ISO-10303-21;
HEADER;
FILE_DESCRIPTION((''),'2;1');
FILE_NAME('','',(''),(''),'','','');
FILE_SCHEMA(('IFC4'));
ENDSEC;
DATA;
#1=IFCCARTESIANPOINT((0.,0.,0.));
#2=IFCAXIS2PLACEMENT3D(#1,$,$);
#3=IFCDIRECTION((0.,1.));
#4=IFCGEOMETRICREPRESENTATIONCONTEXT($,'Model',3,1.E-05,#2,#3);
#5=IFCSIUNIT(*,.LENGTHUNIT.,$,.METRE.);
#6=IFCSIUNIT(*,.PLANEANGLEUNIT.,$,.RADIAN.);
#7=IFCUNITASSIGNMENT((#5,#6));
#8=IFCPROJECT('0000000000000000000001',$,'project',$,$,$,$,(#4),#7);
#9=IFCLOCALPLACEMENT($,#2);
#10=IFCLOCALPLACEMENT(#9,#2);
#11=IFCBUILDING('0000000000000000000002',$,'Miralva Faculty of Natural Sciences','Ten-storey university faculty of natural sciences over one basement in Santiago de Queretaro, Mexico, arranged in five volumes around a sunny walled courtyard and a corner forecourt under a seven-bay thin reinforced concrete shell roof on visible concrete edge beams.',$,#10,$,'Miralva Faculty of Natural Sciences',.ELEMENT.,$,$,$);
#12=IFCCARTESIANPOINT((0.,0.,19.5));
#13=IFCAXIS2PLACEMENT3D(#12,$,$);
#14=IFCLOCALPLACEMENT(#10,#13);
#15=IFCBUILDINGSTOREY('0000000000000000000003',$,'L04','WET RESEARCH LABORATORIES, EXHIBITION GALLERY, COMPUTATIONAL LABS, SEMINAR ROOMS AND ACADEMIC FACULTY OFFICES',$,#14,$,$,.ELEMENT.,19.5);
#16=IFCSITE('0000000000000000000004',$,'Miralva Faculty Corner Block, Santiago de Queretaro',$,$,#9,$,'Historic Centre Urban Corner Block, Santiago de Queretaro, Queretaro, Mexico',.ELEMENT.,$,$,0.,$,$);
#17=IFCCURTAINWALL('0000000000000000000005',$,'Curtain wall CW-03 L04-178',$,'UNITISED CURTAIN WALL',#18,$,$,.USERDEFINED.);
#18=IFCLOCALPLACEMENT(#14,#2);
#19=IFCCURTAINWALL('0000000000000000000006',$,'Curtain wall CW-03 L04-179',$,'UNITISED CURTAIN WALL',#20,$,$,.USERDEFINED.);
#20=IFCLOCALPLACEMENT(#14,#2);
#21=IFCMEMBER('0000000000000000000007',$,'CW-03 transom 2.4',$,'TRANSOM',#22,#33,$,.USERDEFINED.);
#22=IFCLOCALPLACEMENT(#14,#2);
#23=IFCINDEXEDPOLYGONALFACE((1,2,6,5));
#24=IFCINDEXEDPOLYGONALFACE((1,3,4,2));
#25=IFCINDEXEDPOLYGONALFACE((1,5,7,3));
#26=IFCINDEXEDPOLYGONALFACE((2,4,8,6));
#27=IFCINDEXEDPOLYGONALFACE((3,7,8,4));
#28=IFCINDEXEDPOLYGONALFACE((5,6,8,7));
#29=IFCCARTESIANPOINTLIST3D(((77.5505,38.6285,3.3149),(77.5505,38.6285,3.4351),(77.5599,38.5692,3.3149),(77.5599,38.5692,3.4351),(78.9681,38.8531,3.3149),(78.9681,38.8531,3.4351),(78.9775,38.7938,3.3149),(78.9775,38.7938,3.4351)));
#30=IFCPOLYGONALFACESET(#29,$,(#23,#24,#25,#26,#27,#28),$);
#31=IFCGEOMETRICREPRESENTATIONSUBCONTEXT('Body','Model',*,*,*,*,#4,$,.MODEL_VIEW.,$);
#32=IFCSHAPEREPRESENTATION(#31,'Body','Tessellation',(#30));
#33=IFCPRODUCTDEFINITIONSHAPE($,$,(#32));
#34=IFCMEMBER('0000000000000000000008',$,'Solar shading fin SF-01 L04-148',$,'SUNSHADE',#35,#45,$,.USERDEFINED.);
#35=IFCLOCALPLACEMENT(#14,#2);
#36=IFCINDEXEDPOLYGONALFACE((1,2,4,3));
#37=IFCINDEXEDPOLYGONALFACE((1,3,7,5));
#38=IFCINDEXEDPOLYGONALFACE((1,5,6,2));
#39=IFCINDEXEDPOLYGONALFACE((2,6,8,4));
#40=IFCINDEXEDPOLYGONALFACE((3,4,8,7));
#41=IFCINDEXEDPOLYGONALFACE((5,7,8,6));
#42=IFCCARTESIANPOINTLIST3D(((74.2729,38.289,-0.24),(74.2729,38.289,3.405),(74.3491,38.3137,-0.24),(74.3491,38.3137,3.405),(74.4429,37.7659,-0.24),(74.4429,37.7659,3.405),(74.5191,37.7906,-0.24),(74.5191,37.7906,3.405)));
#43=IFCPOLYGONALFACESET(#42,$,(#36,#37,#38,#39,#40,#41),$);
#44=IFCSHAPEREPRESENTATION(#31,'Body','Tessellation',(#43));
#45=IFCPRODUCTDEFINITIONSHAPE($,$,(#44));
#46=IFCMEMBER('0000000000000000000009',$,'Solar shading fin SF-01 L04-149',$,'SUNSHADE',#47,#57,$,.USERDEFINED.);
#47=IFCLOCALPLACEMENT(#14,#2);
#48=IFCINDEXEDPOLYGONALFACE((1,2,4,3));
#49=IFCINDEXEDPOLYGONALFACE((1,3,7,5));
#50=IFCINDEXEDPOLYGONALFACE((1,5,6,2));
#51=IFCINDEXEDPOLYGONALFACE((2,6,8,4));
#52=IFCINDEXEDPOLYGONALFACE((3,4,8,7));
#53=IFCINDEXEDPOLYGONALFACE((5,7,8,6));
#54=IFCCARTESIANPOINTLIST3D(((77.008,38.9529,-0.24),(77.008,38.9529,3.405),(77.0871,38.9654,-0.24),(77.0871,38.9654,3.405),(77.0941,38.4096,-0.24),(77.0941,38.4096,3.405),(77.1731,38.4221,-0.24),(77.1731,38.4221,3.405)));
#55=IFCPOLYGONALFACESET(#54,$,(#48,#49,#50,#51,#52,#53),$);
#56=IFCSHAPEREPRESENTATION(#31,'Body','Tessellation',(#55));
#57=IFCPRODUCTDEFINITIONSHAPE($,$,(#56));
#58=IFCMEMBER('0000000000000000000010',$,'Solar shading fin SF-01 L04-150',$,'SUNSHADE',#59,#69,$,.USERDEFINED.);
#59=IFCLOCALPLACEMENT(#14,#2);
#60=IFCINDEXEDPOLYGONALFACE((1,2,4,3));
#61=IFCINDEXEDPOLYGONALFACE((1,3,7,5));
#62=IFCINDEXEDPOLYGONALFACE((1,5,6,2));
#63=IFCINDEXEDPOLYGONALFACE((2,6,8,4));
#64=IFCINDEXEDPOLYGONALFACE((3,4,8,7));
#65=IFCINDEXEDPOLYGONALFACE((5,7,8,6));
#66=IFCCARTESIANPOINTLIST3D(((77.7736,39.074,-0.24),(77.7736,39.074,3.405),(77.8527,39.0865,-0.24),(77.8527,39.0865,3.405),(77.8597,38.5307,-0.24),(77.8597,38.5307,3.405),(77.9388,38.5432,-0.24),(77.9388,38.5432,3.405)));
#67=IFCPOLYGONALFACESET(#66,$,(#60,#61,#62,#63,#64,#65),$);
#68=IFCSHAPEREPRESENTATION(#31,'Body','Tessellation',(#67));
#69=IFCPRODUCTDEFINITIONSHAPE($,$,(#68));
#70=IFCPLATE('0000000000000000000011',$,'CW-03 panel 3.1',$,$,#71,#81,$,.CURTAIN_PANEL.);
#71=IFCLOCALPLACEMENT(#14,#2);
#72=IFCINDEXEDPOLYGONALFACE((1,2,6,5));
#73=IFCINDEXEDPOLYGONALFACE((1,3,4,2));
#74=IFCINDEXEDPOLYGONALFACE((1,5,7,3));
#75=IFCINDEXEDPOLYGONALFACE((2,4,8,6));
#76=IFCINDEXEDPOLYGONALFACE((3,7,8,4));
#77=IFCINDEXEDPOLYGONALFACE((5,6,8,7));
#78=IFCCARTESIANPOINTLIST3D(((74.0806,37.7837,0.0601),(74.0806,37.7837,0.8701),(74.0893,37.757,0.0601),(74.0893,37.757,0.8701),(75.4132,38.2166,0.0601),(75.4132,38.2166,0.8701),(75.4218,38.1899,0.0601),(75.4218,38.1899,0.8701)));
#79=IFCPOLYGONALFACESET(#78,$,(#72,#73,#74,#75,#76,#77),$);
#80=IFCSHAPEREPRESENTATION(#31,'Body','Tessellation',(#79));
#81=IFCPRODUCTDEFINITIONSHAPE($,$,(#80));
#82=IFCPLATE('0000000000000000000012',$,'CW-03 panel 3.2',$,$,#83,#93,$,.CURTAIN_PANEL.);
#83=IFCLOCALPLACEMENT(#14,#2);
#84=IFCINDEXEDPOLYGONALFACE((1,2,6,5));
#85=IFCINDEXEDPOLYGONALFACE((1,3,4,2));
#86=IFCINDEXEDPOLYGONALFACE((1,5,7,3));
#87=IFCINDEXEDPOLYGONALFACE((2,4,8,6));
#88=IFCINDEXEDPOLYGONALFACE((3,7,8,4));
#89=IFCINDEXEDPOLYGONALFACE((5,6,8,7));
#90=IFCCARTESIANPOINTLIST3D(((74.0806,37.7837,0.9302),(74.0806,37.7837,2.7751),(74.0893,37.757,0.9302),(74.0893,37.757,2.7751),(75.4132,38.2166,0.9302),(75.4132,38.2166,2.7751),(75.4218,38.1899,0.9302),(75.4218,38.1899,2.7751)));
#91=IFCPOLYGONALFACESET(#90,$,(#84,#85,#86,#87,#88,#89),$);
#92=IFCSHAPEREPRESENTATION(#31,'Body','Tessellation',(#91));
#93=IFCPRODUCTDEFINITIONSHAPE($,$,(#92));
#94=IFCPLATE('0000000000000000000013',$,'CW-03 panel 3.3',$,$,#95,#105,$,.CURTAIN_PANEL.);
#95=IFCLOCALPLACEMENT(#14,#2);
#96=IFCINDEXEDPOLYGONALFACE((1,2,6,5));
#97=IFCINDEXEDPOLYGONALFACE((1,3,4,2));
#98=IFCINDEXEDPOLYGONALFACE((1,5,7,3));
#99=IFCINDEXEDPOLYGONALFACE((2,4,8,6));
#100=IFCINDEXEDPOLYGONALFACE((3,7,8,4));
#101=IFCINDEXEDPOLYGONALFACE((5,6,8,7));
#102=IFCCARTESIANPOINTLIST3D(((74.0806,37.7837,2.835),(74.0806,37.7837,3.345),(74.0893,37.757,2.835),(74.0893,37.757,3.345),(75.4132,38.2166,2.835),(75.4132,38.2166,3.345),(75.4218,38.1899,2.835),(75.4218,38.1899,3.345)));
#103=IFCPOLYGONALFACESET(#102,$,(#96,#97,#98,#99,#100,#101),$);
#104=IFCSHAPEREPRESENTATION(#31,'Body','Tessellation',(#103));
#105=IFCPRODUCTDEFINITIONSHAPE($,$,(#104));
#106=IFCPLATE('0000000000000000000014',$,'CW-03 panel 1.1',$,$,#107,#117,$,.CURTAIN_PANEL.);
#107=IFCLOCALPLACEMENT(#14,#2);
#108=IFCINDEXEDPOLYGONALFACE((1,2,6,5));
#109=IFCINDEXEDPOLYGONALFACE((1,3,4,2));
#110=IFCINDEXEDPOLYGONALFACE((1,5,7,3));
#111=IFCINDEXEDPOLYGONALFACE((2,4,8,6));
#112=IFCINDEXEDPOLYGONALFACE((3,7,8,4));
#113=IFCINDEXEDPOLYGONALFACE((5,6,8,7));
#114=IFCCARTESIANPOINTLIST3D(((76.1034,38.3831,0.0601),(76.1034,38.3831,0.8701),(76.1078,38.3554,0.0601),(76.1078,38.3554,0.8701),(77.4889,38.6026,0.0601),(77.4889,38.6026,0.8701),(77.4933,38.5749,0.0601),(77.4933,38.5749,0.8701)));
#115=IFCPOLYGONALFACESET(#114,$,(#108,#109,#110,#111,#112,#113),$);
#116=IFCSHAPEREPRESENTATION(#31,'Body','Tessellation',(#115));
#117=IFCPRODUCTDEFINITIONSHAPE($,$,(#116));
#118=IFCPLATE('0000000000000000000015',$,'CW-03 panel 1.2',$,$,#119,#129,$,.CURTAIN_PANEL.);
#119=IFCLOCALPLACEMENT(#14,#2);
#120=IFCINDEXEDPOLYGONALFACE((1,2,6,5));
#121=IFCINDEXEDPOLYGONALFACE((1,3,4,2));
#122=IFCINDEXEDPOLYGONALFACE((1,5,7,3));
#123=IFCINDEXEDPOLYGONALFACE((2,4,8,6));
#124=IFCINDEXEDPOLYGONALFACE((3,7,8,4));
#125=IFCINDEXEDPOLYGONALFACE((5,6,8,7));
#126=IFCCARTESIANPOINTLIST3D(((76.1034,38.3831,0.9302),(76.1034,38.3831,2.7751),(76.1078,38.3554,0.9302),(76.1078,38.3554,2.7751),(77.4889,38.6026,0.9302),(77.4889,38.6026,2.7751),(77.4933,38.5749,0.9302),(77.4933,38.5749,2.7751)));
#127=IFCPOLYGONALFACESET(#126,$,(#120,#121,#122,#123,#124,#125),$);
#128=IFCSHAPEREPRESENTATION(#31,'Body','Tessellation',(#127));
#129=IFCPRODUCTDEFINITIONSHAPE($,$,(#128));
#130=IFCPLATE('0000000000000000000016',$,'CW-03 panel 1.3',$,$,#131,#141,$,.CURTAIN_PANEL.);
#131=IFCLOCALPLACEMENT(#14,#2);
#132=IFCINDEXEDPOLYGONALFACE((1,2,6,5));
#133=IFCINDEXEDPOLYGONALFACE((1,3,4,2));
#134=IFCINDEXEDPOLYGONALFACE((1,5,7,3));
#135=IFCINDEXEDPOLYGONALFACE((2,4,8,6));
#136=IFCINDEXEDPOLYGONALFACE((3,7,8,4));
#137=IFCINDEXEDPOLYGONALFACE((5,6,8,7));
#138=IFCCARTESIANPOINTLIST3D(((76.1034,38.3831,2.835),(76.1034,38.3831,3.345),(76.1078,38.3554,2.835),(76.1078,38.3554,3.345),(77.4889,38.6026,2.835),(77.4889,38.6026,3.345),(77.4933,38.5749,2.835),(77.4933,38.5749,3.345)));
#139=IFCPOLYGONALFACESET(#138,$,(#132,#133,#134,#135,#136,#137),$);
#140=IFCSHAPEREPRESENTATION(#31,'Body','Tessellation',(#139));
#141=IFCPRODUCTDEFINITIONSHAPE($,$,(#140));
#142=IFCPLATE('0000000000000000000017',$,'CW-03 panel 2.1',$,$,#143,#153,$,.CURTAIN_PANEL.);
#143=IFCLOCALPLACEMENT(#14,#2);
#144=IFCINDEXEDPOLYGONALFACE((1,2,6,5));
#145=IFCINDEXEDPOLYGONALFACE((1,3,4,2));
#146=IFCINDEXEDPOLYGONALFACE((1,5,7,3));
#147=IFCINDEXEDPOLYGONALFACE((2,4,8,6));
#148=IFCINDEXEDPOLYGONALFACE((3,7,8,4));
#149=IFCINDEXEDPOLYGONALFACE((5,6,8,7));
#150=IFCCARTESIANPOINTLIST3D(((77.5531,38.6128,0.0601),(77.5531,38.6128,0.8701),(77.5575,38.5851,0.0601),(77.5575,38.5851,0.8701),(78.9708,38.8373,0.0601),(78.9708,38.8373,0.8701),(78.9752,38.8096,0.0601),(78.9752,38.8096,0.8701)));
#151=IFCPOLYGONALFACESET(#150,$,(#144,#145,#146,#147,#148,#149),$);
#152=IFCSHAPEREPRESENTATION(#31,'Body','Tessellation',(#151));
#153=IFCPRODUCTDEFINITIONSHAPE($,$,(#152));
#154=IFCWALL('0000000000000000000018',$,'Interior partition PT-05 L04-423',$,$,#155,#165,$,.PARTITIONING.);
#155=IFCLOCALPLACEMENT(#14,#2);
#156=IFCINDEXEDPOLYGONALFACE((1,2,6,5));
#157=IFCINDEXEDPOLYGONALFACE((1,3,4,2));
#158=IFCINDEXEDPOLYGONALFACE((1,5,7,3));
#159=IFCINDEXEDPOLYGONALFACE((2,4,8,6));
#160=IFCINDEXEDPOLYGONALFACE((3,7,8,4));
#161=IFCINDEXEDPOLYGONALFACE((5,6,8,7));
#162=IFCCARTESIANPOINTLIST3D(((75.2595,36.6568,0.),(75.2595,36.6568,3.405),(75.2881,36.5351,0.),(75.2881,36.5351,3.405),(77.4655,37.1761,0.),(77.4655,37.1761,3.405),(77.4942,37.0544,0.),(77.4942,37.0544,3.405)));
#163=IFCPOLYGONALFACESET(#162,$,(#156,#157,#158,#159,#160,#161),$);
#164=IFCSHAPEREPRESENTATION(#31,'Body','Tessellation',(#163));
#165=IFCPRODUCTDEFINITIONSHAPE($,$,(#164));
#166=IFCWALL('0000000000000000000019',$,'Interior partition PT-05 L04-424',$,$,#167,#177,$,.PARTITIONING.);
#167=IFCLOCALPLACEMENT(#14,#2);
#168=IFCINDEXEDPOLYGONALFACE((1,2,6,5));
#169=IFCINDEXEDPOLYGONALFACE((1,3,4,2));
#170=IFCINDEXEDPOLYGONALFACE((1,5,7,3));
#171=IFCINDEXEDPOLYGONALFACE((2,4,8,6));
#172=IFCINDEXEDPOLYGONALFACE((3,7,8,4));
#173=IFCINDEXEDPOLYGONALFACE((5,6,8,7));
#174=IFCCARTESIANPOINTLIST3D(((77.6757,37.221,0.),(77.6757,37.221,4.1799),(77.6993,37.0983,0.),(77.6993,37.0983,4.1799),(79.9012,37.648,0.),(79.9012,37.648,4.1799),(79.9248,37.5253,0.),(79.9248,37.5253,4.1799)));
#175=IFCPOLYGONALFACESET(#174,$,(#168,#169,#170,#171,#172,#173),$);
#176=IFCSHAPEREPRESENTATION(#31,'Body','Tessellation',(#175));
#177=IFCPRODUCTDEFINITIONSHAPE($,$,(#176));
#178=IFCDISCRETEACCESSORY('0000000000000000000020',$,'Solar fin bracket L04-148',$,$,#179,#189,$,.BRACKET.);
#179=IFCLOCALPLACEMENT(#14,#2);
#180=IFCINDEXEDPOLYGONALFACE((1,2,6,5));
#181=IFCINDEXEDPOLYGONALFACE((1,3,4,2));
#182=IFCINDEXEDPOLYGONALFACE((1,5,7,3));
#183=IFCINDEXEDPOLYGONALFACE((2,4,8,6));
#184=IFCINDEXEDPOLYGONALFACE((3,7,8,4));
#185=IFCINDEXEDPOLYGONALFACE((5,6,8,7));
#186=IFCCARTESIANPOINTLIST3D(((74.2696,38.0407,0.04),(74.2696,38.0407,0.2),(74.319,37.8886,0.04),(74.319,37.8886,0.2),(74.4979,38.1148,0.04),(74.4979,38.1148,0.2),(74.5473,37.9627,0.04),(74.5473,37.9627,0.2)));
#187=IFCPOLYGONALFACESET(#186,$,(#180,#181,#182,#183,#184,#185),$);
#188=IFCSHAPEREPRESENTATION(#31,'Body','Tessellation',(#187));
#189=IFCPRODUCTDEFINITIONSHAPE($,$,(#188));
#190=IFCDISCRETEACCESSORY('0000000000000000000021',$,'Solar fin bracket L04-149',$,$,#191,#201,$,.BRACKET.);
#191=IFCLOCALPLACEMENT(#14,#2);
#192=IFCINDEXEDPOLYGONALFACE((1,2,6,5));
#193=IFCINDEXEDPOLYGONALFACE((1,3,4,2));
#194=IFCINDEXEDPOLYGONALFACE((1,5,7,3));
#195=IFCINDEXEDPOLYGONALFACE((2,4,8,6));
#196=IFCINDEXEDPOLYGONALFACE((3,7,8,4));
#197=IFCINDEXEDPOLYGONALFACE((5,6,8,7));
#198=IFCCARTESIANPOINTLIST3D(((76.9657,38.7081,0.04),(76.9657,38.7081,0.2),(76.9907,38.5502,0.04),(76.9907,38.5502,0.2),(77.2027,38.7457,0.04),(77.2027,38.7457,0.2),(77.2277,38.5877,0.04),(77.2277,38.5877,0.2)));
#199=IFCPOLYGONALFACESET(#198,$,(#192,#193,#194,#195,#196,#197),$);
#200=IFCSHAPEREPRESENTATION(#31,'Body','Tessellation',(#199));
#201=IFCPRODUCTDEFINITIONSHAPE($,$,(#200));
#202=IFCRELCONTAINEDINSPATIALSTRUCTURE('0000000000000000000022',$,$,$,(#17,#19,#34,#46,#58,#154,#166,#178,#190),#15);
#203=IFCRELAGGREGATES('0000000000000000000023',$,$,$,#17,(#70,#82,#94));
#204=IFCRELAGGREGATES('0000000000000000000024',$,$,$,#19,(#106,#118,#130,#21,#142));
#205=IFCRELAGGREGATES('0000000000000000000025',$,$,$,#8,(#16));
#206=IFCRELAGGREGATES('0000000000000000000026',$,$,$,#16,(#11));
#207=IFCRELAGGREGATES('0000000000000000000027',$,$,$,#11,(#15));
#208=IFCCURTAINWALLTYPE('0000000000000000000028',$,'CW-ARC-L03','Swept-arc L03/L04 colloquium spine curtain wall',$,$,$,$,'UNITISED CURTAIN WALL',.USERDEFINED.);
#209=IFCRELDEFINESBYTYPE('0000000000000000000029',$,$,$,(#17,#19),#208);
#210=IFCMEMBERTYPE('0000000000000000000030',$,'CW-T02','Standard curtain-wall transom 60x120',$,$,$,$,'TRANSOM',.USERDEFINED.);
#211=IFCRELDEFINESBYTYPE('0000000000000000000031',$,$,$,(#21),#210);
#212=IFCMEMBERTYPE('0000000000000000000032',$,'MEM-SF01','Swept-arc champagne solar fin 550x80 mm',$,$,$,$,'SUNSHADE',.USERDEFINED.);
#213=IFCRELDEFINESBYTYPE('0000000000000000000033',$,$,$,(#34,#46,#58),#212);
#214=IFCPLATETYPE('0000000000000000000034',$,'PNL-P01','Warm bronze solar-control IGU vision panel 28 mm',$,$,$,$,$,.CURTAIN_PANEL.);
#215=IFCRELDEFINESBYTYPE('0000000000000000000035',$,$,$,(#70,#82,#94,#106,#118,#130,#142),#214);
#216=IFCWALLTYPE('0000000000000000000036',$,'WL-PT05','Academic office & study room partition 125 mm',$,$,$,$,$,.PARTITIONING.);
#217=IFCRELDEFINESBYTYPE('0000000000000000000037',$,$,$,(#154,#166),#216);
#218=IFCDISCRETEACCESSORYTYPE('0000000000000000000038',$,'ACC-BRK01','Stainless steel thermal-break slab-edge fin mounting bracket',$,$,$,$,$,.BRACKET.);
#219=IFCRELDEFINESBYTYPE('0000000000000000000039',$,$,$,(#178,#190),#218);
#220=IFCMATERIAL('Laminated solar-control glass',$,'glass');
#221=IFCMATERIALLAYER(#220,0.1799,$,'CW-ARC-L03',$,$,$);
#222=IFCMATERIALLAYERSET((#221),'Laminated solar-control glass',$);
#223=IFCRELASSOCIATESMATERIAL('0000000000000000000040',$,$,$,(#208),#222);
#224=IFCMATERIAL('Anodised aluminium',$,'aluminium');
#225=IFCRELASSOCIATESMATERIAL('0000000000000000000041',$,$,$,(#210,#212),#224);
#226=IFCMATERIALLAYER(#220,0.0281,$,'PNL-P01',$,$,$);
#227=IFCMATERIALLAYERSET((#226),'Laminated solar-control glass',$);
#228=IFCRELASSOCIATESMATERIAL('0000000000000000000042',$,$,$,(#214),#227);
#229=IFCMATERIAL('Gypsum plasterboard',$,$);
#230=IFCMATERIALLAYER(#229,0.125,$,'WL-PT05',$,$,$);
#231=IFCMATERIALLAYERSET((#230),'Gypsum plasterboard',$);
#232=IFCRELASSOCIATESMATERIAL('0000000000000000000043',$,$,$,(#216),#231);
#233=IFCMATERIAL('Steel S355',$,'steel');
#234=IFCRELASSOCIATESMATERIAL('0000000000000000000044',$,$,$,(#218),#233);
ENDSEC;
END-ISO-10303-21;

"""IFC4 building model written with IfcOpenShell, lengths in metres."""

from ifc_helpers import new_model, si_unit, direction, frame, frame_2d, origin, origin_2d, place, context, subcontext, project, spatial, rectangle, extrude, material, layer, layer_set, material_profile, profile_set, type_object, element, aggregate, save


model = new_model("IFC4")

# Units and contexts
model_context = context("Model", 3, precision=1e-05, world=origin(), true_north=direction((0.0, 1.0)))
body_context = subcontext(model_context, "Body", "Model", "MODEL_VIEW")
ifc_project = project(units=[si_unit("LENGTHUNIT", "METRE"), si_unit("PLANEANGLEUNIT", "RADIAN")], contexts=[model_context])

# Site, building, storey
site_placement = place(None, origin())
site = spatial("IfcSite", under=ifc_project, at=site_placement, Name="Miralva Faculty Corner Block, Santiago de Queretaro", LongName="Historic Centre Urban Corner Block, Santiago de Queretaro, Queretaro, Mexico", CompositionType="ELEMENT", RefElevation=0.0)
building_placement = place(site_placement, origin())
building = spatial("IfcBuilding", under=site, at=building_placement, Name="Miralva Faculty of Natural Sciences", Description="Ten-storey university faculty of natural sciences over one basement in Santiago de Queretaro, Mexico, arranged in five volumes around a sunny walled courtyard and a corner forecourt under a seven-bay thin reinforced concrete shell roof on visible concrete edge beams.", LongName="Miralva Faculty of Natural Sciences", CompositionType="ELEMENT")
storey_placement = place(building_placement, frame((0.0, 0.0, 19.5)))
storey = spatial("IfcBuildingStorey", under=building, at=storey_placement, Name="L04", Description="WET RESEARCH LABORATORIES, EXHIBITION GALLERY, COMPUTATIONAL LABS, SEMINAR ROOMS AND ACADEMIC FACULTY OFFICES", CompositionType="ELEMENT", Elevation=19.5)

# Curtain wall
ifc_material_1 = material(Name="Laminated solar-control glass", Category="glass")
ifc_layer_1 = layer(ifc_material_1, 0.1799, Name="CW-ARC-L03")
ifc_layer_set_1 = layer_set([ifc_layer_1], Name="Laminated solar-control glass")
curtain_wall_type = type_object("IfcCurtainWallType", Name="CW-ARC-L03", Description="Swept-arc L03/L04 colloquium spine curtain wall", ElementType="UNITISED CURTAIN WALL", PredefinedType="USERDEFINED", material=ifc_layer_set_1)
curtain_wall_1_placement = place(storey_placement, origin())
curtain_wall_1 = element("IfcCurtainWall", 1, at=curtain_wall_1_placement, inside=storey, type_object=curtain_wall_type, Name="Curtain wall CW-03 L04-178", ObjectType="UNITISED CURTAIN WALL", PredefinedType="USERDEFINED")
ifc_material_2 = material(Name="Anodised aluminium", Category="aluminium")

# Curtain wall
curtain_wall_2_placement = place(storey_placement, origin())
curtain_wall_2 = element("IfcCurtainWall", 2, at=curtain_wall_2_placement, inside=storey, type_object=curtain_wall_type, Name="Curtain wall CW-03 L04-179", ObjectType="UNITISED CURTAIN WALL", PredefinedType="USERDEFINED")

# Member
ifc_material_profile_1 = material_profile(ifc_material_2, rectangle(XDim=0.0601, YDim=0.1201, at=origin_2d()), Name="TRANSOM 60x120")
ifc_profile_set_1 = profile_set([ifc_material_profile_1], Name="Anodised aluminium")
member_type_1 = type_object("IfcMemberType", Name="CW-T02", Description="Standard curtain-wall transom 60x120", ElementType="TRANSOM", PredefinedType="USERDEFINED", material=ifc_profile_set_1)
member_1_placement = place(storey_placement, frame((77.5552, 38.5989, 3.375), z_axis=(0.987681, 0.156478, 0.0), x_axis=(-0.156478, 0.987681, 0.0)))
member_1 = element("IfcMember", 3, at=member_1_placement, type_object=member_type_1, Name="CW-03 transom 2.4", ObjectType="TRANSOM", PredefinedType="USERDEFINED", context=body_context, shape_type="SweptSolid", body=[
    extrude(rectangle(XDim=0.0601, YDim=0.1201, at=origin_2d()), origin(), (0.0, 0.0, 1.0), 1.4353),
])

# Members
ifc_material_profile_2 = material_profile(ifc_material_2, rectangle(XDim=0.0801, YDim=0.55, at=origin_2d()), Name="FIN 550x80")
ifc_profile_set_2 = profile_set([ifc_material_profile_2], Name="Anodised aluminium")
member_type_2 = type_object("IfcMemberType", Name="MEM-SF01", Description="Swept-arc champagne solar fin 550x80 mm", ElementType="SUNSHADE", PredefinedType="USERDEFINED", material=ifc_profile_set_2)
for number, where, z_axis, x_axis, name in (
    (4, (74.396, 38.0398, -0.24), (0.0, 0.0, 1.0), (-0.951057, -0.309017, 0.0), "Solar shading fin SF-01 L04-148"),
    (5, (77.0906, 38.6875, -0.24), (0.0, 0.0, 1.0), (-0.987688, -0.156434, 0.0), "Solar shading fin SF-01 L04-149"),
    (6, (77.8562, 38.8086, -0.24), (0.0, 0.0, 1.0), (-0.987688, -0.156434, 0.0), "Solar shading fin SF-01 L04-150"),
):
    element("IfcMember", number, at=place(storey_placement, frame(where, z_axis=z_axis, x_axis=x_axis)), inside=storey, type_object=member_type_2, Name=name, ObjectType="SUNSHADE", PredefinedType="USERDEFINED", context=body_context, shape_type="SweptSolid", body=[
        extrude(rectangle(XDim=0.0801, YDim=0.55, at=origin_2d()), origin(), (0.0, 0.0, 1.0), 3.645),
    ])

# Plates
ifc_layer_2 = layer(ifc_material_1, 0.0281, Name="PNL-P01")
ifc_layer_set_2 = layer_set([ifc_layer_2], Name="Laminated solar-control glass")
plate_type = type_object("IfcPlateType", Name="PNL-P01", Description="Warm bronze solar-control IGU vision panel 28 mm", PredefinedType="CURTAIN_PANEL", material=ifc_layer_set_2)
plate_1_placement = place(storey_placement, frame((74.7512, 37.9868, 0.0601), z_axis=(0.0, 0.0, 1.0), x_axis=(0.95106, 0.309006, 0.0)))
plate_1 = element("IfcPlate", 7, at=plate_1_placement, type_object=plate_type, Name="CW-03 panel 3.1", PredefinedType="CURTAIN_PANEL", context=body_context, shape_type="SweptSolid", body=[
    extrude(rectangle(XDim=1.4011, YDim=0.0281, at=origin_2d()), origin(), (0.0, 0.0, 1.0), 0.8101),
])
plate_2_placement = place(storey_placement, frame((74.7512, 37.9868, 0.9302), z_axis=(0.0, 0.0, 1.0), x_axis=(0.95106, 0.309006, 0.0)))
plate_2 = element("IfcPlate", 8, at=plate_2_placement, type_object=plate_type, Name="CW-03 panel 3.2", PredefinedType="CURTAIN_PANEL", context=body_context, shape_type="SweptSolid", body=[
    extrude(rectangle(XDim=1.4011, YDim=0.0281, at=origin_2d()), origin(), (0.0, 0.0, 1.0), 1.845),
])
plate_3_placement = place(storey_placement, frame((74.7512, 37.9868, 2.835), z_axis=(0.0, 0.0, 1.0), x_axis=(0.95106, 0.309006, 0.0)))
plate_3 = element("IfcPlate", 9, at=plate_3_placement, type_object=plate_type, Name="CW-03 panel 3.3", PredefinedType="CURTAIN_PANEL", context=body_context, shape_type="SweptSolid", body=[
    extrude(rectangle(XDim=1.4011, YDim=0.0281, at=origin_2d()), origin(), (0.0, 0.0, 1.0), 0.51),
])
aggregate(curtain_wall_1, [plate_1, plate_2, plate_3])
plate_4_placement = place(storey_placement, frame((76.7983, 38.479, 0.0601), z_axis=(0.0, 0.0, 1.0), x_axis=(0.987689, 0.156431, 0.0)))
plate_4 = element("IfcPlate", 10, at=plate_4_placement, type_object=plate_type, Name="CW-03 panel 1.1", PredefinedType="CURTAIN_PANEL", context=body_context, shape_type="SweptSolid", body=[
    extrude(rectangle(XDim=1.4028, YDim=0.0281, at=origin_2d()), origin(), (0.0, 0.0, 1.0), 0.8101),
])
plate_5_placement = place(storey_placement, frame((76.7983, 38.479, 0.9302), z_axis=(0.0, 0.0, 1.0), x_axis=(0.987689, 0.156431, 0.0)))
plate_5 = element("IfcPlate", 11, at=plate_5_placement, type_object=plate_type, Name="CW-03 panel 1.2", PredefinedType="CURTAIN_PANEL", context=body_context, shape_type="SweptSolid", body=[
    extrude(rectangle(XDim=1.4028, YDim=0.0281, at=origin_2d()), origin(), (0.0, 0.0, 1.0), 1.845),
])
plate_6_placement = place(storey_placement, frame((76.7983, 38.479, 2.835), z_axis=(0.0, 0.0, 1.0), x_axis=(0.987689, 0.156431, 0.0)))
plate_6 = element("IfcPlate", 12, at=plate_6_placement, type_object=plate_type, Name="CW-03 panel 1.3", PredefinedType="CURTAIN_PANEL", context=body_context, shape_type="SweptSolid", body=[
    extrude(rectangle(XDim=1.4028, YDim=0.0281, at=origin_2d()), origin(), (0.0, 0.0, 1.0), 0.51),
])
plate_7_placement = place(storey_placement, frame((78.2642, 38.7112, 0.0601), z_axis=(0.0, 0.0, 1.0), x_axis=(0.987689, 0.156431, 0.0)))
plate_7 = element("IfcPlate", 13, at=plate_7_placement, type_object=plate_type, Name="CW-03 panel 2.1", PredefinedType="CURTAIN_PANEL", context=body_context, shape_type="SweptSolid", body=[
    extrude(rectangle(XDim=1.4353, YDim=0.0281, at=origin_2d()), origin(), (0.0, 0.0, 1.0), 0.8101),
])
aggregate(curtain_wall_2, [plate_4, plate_5, plate_6, member_1, plate_7])

# Walls
ifc_material_3 = material(Name="Gypsum plasterboard")
ifc_layer_3 = layer(ifc_material_3, 0.125, Name="WL-PT05")
ifc_layer_set_3 = layer_set([ifc_layer_3], Name="Gypsum plasterboard")
wall_type = type_object("IfcWallType", Name="WL-PT05", Description="Academic office & study room partition 125 mm", PredefinedType="PARTITIONING", material=ifc_layer_set_3)
wall_1_placement = place(storey_placement, frame((75.2737, 36.5959, 0.0), z_axis=(0.0, 0.0, 1.0), x_axis=(0.973396, 0.229129, 0.0)))
element("IfcWall", 14, at=wall_1_placement, inside=storey, type_object=wall_type, Name="Interior partition PT-05 L04-423", PredefinedType="PARTITIONING", context=body_context, shape_type="SweptSolid", body=[
    extrude(rectangle(XDim=2.2664, YDim=0.125, at=frame_2d((1.1333, 0.0))), origin(), (0.0, 0.0, 1.0), 3.405),
])
wall_2_placement = place(storey_placement, frame((77.6875, 37.1597, 0.0), z_axis=(0.0, 0.0, 1.0), x_axis=(0.982088, 0.188424, 0.0)))
element("IfcWall", 15, at=wall_2_placement, inside=storey, type_object=wall_type, Name="Interior partition PT-05 L04-424", PredefinedType="PARTITIONING", context=body_context, shape_type="SweptSolid", body=[
    extrude(rectangle(XDim=2.2661, YDim=0.125, at=frame_2d((1.1331, 0.0))), origin(), (0.0, 0.0, 1.0), 4.1799),
])

# Discrete accessories
ifc_material_4 = material(Name="Steel S355", Category="steel")
discrete_accessory_type = type_object("IfcDiscreteAccessoryType", Name="ACC-BRK01", Description="Stainless steel thermal-break slab-edge fin mounting bracket", PredefinedType="BRACKET", material=ifc_material_4)
for number, where, z_axis, x_axis, name in (
    (16, (74.4084, 38.0017, 0.04), (0.0, 0.0, 1.0), (-0.309017, 0.951057, 0.0), "Solar fin bracket L04-148"),
    (17, (77.0967, 38.6479, 0.04), (0.0, 0.0, 1.0), (-0.156434, 0.987688, 0.0), "Solar fin bracket L04-149"),
):
    element("IfcDiscreteAccessory", number, at=place(storey_placement, frame(where, z_axis=z_axis, x_axis=x_axis)), inside=storey, type_object=discrete_accessory_type, Name=name, PredefinedType="BRACKET", context=body_context, shape_type="SweptSolid", body=[
        extrude(rectangle(XDim=0.1599, YDim=0.24, at=origin_2d()), origin(), (0.0, 0.0, 1.0), 0.1599),
    ])

save(model, "model.ifc")
